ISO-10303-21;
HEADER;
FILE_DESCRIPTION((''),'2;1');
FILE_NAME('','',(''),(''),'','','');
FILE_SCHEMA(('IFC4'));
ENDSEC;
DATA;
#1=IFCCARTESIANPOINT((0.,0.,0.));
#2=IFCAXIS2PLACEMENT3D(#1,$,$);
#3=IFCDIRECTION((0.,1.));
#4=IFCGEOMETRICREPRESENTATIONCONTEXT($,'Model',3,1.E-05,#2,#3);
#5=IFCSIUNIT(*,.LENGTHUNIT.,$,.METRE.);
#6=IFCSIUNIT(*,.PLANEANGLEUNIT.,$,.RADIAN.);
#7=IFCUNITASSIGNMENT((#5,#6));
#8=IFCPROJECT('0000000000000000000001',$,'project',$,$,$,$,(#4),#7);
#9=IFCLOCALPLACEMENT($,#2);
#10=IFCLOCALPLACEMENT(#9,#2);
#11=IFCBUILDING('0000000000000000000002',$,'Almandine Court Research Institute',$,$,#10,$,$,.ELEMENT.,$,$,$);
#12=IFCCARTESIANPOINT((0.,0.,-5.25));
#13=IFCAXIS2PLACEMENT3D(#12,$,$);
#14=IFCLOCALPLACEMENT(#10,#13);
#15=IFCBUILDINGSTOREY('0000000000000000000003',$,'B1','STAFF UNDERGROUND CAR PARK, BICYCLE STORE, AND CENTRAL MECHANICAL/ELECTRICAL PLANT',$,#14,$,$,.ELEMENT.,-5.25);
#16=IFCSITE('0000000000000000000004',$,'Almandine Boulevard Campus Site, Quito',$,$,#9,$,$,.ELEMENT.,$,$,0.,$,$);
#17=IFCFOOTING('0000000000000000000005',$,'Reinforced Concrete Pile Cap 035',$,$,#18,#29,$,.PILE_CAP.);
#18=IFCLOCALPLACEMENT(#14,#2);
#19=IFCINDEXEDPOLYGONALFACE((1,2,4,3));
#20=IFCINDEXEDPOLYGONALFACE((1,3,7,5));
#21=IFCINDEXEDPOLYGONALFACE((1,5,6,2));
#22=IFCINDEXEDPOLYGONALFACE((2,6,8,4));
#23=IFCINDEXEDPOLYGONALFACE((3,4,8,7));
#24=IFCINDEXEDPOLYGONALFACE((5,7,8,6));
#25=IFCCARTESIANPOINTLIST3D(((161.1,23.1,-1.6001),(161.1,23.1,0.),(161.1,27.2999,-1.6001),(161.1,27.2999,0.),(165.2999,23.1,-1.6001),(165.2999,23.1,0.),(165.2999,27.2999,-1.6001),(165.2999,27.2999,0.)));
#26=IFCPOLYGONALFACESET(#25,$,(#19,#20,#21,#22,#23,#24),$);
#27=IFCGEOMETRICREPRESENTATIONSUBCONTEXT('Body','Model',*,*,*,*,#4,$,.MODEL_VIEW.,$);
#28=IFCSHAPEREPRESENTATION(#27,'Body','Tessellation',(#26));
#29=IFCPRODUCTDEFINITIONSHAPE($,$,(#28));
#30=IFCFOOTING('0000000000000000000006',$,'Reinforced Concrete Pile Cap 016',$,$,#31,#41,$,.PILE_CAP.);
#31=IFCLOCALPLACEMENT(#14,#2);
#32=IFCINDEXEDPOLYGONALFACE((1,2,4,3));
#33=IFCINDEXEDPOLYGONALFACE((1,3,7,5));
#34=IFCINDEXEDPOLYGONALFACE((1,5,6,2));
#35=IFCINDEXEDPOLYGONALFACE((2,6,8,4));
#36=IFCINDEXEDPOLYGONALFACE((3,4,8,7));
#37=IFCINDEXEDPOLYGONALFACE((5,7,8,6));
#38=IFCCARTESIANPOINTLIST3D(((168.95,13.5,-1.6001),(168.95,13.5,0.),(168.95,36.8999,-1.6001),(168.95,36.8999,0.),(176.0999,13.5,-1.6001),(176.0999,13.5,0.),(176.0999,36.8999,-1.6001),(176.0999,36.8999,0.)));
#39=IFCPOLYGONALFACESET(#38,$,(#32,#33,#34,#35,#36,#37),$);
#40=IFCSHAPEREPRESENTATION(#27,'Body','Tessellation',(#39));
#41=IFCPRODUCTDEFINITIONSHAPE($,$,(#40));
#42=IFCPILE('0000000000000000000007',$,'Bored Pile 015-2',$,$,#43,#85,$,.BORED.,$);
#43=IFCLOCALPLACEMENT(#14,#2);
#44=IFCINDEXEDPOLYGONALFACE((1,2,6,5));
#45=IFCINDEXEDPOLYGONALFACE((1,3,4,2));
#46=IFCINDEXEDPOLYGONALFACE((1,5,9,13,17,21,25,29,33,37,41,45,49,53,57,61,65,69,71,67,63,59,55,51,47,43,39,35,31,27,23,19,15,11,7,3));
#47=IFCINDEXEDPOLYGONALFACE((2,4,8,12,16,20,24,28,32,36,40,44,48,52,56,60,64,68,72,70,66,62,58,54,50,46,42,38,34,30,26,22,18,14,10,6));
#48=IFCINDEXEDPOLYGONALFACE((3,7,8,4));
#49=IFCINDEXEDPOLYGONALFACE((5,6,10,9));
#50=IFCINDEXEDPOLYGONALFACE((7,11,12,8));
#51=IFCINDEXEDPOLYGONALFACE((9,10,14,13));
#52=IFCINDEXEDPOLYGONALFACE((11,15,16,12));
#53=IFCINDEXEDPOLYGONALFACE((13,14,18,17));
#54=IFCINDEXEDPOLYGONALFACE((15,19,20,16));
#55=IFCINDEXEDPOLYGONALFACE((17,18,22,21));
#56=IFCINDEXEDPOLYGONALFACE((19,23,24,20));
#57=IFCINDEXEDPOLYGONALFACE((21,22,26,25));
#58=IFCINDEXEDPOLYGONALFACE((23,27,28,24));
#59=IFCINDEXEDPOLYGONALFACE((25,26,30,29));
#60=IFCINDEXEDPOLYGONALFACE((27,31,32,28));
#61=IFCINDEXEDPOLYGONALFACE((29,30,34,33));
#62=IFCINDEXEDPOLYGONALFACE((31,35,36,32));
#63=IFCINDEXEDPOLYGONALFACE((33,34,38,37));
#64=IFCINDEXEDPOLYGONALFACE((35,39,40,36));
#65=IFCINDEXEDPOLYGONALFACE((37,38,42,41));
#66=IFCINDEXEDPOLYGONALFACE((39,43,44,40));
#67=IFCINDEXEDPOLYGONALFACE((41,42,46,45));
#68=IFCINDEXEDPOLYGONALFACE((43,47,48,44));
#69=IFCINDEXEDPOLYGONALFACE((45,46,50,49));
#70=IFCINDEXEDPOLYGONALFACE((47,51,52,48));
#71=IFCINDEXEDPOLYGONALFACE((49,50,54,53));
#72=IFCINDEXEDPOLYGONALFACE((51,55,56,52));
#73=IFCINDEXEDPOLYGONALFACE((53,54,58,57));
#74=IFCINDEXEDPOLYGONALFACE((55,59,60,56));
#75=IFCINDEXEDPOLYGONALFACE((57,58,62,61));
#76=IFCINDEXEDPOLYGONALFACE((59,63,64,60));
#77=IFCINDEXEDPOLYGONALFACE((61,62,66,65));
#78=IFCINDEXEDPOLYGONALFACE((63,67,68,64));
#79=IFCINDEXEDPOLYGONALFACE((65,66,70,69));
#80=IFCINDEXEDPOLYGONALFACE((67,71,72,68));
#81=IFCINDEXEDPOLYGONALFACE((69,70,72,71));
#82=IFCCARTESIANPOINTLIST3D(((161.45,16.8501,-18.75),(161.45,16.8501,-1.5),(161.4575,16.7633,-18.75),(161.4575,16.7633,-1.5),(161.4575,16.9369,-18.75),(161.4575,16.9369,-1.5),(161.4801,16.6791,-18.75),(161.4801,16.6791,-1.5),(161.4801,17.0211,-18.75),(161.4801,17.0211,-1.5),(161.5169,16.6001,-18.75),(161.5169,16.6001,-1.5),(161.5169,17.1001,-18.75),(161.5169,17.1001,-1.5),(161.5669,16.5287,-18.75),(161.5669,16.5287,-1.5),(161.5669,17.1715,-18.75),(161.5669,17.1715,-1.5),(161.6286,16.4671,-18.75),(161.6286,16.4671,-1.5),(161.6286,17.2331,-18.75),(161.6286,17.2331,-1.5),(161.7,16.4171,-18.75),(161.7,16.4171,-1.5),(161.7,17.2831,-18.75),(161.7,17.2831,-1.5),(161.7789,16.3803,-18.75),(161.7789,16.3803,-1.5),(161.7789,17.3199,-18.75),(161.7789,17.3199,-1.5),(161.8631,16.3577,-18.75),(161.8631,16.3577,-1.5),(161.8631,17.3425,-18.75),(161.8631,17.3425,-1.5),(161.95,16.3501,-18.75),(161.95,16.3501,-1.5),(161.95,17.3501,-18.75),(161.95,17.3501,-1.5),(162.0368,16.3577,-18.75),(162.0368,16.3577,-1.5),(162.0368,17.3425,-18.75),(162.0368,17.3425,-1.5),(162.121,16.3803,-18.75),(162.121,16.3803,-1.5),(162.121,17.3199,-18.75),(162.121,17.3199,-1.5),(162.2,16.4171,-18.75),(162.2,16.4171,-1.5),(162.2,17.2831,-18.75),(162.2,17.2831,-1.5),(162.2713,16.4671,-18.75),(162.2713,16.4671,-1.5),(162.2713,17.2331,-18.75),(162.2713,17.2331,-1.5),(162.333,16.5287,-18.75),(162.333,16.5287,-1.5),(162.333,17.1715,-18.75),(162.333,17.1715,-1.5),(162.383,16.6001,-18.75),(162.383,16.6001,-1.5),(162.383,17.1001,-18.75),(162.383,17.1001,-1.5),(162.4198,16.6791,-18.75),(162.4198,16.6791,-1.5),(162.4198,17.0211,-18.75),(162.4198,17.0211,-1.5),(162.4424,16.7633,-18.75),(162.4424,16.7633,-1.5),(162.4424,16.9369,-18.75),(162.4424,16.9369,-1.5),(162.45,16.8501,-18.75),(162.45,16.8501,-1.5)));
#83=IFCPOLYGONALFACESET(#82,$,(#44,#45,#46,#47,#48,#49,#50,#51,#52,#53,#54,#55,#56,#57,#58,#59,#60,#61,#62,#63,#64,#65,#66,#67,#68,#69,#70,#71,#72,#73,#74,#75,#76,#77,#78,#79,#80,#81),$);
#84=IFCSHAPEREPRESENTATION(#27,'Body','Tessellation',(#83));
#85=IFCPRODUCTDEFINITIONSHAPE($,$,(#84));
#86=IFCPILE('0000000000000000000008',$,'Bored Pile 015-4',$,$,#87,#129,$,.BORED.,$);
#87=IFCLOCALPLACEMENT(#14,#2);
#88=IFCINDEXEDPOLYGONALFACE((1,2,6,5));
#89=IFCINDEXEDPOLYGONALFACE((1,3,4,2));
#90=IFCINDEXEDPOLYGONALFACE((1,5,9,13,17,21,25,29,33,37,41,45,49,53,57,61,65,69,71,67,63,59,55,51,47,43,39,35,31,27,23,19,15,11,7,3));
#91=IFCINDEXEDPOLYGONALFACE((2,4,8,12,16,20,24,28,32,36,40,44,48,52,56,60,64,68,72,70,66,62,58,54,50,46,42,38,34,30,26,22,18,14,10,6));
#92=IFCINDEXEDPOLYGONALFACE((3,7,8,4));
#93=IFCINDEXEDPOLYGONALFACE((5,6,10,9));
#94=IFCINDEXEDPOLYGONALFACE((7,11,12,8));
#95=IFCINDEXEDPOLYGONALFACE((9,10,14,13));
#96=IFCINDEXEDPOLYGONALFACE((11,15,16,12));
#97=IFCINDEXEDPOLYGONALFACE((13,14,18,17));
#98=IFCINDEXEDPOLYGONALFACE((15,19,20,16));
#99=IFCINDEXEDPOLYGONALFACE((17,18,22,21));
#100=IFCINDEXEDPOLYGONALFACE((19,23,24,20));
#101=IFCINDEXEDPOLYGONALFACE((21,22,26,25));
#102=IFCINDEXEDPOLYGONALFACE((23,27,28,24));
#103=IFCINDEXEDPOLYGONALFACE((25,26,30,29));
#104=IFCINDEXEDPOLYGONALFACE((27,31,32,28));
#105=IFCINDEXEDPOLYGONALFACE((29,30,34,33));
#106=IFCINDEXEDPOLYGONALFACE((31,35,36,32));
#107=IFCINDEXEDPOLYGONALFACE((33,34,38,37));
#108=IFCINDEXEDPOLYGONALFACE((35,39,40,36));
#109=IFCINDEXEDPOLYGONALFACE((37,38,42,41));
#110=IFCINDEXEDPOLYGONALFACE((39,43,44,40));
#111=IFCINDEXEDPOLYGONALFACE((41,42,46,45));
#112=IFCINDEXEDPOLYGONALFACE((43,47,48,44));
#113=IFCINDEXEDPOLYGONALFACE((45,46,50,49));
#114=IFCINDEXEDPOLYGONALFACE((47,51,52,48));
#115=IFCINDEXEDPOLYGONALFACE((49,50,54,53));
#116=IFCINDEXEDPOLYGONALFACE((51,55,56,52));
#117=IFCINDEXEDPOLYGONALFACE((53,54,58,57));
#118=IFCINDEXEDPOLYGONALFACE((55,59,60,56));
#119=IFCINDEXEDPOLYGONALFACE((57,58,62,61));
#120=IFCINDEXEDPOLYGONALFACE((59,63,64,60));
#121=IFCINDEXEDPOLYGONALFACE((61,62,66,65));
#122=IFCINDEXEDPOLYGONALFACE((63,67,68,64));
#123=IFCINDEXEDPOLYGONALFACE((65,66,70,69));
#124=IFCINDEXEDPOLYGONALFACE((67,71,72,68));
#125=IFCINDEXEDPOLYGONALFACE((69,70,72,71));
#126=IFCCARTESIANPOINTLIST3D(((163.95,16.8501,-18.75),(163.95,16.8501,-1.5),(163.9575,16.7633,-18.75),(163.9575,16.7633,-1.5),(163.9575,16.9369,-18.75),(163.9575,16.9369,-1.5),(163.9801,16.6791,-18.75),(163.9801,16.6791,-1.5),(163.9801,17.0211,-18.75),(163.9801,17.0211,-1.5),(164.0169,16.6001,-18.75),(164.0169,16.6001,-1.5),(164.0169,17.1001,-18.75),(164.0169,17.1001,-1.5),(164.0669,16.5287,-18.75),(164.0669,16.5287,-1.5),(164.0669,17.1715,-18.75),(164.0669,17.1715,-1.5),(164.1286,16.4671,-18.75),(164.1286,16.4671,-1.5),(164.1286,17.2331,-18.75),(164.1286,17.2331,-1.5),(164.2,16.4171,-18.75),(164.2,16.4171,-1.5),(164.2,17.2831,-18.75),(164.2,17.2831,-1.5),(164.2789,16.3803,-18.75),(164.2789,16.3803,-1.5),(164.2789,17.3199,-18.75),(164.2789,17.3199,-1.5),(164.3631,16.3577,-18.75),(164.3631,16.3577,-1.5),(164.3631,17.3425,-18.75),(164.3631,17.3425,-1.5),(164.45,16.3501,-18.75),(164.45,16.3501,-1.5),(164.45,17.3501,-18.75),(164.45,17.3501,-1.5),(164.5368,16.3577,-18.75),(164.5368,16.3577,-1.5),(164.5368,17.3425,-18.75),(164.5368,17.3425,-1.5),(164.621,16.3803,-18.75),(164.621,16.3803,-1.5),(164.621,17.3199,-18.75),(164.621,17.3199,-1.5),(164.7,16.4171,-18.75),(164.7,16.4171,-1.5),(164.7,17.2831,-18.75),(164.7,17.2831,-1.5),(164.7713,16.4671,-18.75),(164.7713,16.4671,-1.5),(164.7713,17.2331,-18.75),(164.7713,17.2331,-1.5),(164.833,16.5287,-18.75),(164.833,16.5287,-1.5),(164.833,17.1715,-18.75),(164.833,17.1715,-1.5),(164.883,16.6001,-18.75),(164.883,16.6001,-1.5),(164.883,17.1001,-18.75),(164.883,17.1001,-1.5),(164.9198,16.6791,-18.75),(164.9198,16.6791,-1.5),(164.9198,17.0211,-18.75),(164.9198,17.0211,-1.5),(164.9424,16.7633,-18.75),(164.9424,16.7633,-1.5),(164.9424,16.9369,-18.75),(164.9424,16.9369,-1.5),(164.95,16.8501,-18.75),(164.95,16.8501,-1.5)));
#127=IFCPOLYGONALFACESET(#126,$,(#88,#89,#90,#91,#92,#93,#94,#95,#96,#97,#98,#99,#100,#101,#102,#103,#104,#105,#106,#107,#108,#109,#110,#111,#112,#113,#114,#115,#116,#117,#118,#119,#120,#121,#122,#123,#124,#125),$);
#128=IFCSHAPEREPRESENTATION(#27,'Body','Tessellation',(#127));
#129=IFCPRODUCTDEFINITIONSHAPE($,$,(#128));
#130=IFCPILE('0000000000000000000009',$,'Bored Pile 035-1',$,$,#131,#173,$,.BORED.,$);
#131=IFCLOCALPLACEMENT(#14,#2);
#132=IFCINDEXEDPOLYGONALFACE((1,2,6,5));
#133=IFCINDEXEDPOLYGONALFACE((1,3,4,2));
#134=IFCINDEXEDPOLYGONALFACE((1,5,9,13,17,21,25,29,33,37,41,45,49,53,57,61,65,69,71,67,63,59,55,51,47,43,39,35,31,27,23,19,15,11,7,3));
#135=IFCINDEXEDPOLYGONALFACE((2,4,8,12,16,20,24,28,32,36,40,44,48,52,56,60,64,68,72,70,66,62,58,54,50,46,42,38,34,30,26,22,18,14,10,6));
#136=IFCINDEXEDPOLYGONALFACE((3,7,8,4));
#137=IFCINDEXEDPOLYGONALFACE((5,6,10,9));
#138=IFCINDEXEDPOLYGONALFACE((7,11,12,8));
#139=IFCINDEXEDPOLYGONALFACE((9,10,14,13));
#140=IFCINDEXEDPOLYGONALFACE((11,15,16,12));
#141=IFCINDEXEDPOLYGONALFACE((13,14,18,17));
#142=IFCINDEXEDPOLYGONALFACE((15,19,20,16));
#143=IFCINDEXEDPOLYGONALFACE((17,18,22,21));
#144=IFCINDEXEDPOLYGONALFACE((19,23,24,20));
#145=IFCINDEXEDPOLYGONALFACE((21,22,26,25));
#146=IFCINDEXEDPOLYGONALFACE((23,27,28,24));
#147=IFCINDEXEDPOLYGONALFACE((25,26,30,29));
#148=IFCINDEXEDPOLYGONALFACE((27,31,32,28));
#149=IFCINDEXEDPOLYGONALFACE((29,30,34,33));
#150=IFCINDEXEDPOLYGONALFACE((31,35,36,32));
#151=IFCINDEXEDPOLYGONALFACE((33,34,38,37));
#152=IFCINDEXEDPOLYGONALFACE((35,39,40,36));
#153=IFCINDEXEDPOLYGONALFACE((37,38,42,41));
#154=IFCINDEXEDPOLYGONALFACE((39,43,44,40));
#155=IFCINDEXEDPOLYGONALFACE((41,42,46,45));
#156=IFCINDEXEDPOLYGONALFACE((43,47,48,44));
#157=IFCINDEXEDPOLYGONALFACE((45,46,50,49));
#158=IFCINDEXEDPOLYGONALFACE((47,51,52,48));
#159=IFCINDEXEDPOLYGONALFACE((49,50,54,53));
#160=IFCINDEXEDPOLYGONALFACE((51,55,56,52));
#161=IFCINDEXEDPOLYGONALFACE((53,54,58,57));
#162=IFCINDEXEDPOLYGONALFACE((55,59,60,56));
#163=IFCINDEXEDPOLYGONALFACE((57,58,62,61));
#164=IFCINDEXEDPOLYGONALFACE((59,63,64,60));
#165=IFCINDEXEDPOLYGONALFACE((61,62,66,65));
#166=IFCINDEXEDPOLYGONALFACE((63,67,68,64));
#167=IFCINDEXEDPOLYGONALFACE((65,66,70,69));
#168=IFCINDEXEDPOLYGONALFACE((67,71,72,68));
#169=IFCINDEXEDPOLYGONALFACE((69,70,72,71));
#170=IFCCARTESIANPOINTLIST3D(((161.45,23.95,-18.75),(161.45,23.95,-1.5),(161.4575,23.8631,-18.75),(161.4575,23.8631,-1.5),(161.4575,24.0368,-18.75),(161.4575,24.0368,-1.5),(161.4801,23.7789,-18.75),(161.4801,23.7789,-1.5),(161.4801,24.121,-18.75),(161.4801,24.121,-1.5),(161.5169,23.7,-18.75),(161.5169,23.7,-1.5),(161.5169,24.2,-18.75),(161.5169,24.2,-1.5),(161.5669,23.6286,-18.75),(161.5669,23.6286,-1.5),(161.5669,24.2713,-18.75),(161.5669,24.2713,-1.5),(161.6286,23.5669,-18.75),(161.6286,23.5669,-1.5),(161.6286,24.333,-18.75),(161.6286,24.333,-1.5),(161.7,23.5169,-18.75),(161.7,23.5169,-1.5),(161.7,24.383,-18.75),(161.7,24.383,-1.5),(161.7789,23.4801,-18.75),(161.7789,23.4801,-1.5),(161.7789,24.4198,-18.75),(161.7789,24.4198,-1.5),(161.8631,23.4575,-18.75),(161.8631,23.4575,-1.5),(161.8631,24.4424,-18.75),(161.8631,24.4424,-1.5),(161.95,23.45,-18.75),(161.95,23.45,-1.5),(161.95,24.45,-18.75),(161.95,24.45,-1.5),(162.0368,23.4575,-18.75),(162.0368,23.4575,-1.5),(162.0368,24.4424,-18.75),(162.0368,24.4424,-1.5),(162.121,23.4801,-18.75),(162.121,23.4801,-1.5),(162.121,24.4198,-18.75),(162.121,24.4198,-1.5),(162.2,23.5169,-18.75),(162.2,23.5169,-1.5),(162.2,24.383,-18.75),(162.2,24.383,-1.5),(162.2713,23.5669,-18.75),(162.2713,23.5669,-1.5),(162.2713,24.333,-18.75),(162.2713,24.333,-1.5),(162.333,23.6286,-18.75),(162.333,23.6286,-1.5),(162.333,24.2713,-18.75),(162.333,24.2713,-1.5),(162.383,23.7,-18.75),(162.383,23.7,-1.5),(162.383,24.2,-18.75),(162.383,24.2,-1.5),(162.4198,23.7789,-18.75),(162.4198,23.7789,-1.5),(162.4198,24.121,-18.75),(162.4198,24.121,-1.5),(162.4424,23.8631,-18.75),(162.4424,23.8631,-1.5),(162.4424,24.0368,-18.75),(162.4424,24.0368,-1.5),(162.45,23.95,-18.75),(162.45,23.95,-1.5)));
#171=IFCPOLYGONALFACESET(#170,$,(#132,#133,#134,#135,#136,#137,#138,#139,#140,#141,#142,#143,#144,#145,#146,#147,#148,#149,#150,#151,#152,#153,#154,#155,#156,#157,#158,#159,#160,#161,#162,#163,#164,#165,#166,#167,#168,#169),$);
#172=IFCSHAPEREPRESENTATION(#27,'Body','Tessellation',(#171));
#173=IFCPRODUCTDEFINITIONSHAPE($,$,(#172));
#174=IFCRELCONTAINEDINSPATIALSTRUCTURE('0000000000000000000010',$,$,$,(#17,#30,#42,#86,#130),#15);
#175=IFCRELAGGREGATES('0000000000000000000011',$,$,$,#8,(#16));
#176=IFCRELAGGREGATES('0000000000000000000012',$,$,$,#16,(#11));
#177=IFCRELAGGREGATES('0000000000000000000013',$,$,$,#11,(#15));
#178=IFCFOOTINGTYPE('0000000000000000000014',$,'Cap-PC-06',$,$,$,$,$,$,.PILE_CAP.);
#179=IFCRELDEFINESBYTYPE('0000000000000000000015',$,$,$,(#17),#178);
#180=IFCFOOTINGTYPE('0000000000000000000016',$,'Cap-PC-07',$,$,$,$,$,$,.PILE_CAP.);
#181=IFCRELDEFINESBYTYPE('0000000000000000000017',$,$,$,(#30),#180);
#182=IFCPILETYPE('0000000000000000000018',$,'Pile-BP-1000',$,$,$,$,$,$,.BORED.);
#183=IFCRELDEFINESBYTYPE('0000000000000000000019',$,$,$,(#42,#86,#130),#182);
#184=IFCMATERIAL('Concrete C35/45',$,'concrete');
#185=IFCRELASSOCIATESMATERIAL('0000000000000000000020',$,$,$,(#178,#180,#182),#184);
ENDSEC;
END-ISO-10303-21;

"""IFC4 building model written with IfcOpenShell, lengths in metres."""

from ifc_helpers import new_model, si_unit, direction, frame, origin, origin_2d, place, context, subcontext, project, spatial, rectangle, circle, extrude, material, material_profile, profile_set, type_object, element, save


model = new_model("IFC4")

# Units and contexts
model_context = context("Model", 3, precision=1e-05, world=origin(), true_north=direction((0.0, 1.0)))
body_context = subcontext(model_context, "Body", "Model", "MODEL_VIEW")
ifc_project = project(units=[si_unit("LENGTHUNIT", "METRE"), si_unit("PLANEANGLEUNIT", "RADIAN")], contexts=[model_context])

# Site, building, storey
site_placement = place(None, origin())
site = spatial("IfcSite", under=ifc_project, at=site_placement, Name="Almandine Boulevard Campus Site, Quito", CompositionType="ELEMENT", RefElevation=0.0)
building_placement = place(site_placement, origin())
building = spatial("IfcBuilding", under=site, at=building_placement, Name="Almandine Court Research Institute", CompositionType="ELEMENT")
storey_placement = place(building_placement, frame((0.0, 0.0, -5.25)))
storey = spatial("IfcBuildingStorey", under=building, at=storey_placement, Name="B1", Description="STAFF UNDERGROUND CAR PARK, BICYCLE STORE, AND CENTRAL MECHANICAL/ELECTRICAL PLANT", CompositionType="ELEMENT", Elevation=-5.25)

# Footings
ifc_material_1 = material(Name="Concrete C35/45", Category="concrete")
footing_type_1 = type_object("IfcFootingType", Name="Cap-PC-06", PredefinedType="PILE_CAP", material=ifc_material_1)
footing_1_placement = place(storey_placement, frame((163.2, 25.2, -1.6001), z_axis=(0.0, 0.0, 1.0), x_axis=(1.0, 0.0, 0.0)))
element("IfcFooting", 1, at=footing_1_placement, inside=storey, type_object=footing_type_1, Name="Reinforced Concrete Pile Cap 035", PredefinedType="PILE_CAP", context=body_context, shape_type="SweptSolid", body=[
    extrude(rectangle(XDim=4.2, YDim=4.2, at=origin_2d()), origin(), (0.0, 0.0, 1.0), 1.6001),
])
footing_type_2 = type_object("IfcFootingType", Name="Cap-PC-07", PredefinedType="PILE_CAP", material=ifc_material_1)
footing_2_placement = place(storey_placement, frame((172.5249, 25.2, -1.6001), z_axis=(0.0, 0.0, 1.0), x_axis=(1.0, 0.0, 0.0)))
element("IfcFooting", 2, at=footing_2_placement, inside=storey, type_object=footing_type_2, Name="Reinforced Concrete Pile Cap 016", PredefinedType="PILE_CAP", context=body_context, shape_type="SweptSolid", body=[
    extrude(rectangle(XDim=7.1499, YDim=23.3999, at=origin_2d()), origin(), (0.0, 0.0, 1.0), 1.6001),
])

# Piles
ifc_material_profile_1 = material_profile(ifc_material_1, circle(Radius=0.5, at=origin_2d()), Name="BORED PILE D1000")
ifc_profile_set_1 = profile_set([ifc_material_profile_1], Name="Concrete C35/45")
pile_type_1 = type_object("IfcPileType", Name="Pile-BP-1000", PredefinedType="BORED", material=ifc_profile_set_1)
for number, where, z_axis, x_axis, name in (
    (3, (161.95, 16.8501, -1.5), (0.0, 0.0, -1.0), (1.0, 0.0, 0.0), "Bored Pile 015-2"),
    (4, (164.45, 16.8501, -1.5), (0.0, 0.0, -1.0), (1.0, 0.0, 0.0), "Bored Pile 015-4"),
    (5, (161.95, 23.95, -1.5), (0.0, 0.0, -1.0), (1.0, 0.0, 0.0), "Bored Pile 035-1"),
):
    element("IfcPile", number, at=place(storey_placement, frame(where, z_axis=z_axis, x_axis=x_axis)), inside=storey, type_object=pile_type_1, Name=name, PredefinedType="BORED", context=body_context, shape_type="SweptSolid", body=[
        extrude(circle(Radius=0.5, at=origin_2d()), origin(), (0.0, 0.0, 1.0), 17.25),
    ])

save(model, "model.ifc")
